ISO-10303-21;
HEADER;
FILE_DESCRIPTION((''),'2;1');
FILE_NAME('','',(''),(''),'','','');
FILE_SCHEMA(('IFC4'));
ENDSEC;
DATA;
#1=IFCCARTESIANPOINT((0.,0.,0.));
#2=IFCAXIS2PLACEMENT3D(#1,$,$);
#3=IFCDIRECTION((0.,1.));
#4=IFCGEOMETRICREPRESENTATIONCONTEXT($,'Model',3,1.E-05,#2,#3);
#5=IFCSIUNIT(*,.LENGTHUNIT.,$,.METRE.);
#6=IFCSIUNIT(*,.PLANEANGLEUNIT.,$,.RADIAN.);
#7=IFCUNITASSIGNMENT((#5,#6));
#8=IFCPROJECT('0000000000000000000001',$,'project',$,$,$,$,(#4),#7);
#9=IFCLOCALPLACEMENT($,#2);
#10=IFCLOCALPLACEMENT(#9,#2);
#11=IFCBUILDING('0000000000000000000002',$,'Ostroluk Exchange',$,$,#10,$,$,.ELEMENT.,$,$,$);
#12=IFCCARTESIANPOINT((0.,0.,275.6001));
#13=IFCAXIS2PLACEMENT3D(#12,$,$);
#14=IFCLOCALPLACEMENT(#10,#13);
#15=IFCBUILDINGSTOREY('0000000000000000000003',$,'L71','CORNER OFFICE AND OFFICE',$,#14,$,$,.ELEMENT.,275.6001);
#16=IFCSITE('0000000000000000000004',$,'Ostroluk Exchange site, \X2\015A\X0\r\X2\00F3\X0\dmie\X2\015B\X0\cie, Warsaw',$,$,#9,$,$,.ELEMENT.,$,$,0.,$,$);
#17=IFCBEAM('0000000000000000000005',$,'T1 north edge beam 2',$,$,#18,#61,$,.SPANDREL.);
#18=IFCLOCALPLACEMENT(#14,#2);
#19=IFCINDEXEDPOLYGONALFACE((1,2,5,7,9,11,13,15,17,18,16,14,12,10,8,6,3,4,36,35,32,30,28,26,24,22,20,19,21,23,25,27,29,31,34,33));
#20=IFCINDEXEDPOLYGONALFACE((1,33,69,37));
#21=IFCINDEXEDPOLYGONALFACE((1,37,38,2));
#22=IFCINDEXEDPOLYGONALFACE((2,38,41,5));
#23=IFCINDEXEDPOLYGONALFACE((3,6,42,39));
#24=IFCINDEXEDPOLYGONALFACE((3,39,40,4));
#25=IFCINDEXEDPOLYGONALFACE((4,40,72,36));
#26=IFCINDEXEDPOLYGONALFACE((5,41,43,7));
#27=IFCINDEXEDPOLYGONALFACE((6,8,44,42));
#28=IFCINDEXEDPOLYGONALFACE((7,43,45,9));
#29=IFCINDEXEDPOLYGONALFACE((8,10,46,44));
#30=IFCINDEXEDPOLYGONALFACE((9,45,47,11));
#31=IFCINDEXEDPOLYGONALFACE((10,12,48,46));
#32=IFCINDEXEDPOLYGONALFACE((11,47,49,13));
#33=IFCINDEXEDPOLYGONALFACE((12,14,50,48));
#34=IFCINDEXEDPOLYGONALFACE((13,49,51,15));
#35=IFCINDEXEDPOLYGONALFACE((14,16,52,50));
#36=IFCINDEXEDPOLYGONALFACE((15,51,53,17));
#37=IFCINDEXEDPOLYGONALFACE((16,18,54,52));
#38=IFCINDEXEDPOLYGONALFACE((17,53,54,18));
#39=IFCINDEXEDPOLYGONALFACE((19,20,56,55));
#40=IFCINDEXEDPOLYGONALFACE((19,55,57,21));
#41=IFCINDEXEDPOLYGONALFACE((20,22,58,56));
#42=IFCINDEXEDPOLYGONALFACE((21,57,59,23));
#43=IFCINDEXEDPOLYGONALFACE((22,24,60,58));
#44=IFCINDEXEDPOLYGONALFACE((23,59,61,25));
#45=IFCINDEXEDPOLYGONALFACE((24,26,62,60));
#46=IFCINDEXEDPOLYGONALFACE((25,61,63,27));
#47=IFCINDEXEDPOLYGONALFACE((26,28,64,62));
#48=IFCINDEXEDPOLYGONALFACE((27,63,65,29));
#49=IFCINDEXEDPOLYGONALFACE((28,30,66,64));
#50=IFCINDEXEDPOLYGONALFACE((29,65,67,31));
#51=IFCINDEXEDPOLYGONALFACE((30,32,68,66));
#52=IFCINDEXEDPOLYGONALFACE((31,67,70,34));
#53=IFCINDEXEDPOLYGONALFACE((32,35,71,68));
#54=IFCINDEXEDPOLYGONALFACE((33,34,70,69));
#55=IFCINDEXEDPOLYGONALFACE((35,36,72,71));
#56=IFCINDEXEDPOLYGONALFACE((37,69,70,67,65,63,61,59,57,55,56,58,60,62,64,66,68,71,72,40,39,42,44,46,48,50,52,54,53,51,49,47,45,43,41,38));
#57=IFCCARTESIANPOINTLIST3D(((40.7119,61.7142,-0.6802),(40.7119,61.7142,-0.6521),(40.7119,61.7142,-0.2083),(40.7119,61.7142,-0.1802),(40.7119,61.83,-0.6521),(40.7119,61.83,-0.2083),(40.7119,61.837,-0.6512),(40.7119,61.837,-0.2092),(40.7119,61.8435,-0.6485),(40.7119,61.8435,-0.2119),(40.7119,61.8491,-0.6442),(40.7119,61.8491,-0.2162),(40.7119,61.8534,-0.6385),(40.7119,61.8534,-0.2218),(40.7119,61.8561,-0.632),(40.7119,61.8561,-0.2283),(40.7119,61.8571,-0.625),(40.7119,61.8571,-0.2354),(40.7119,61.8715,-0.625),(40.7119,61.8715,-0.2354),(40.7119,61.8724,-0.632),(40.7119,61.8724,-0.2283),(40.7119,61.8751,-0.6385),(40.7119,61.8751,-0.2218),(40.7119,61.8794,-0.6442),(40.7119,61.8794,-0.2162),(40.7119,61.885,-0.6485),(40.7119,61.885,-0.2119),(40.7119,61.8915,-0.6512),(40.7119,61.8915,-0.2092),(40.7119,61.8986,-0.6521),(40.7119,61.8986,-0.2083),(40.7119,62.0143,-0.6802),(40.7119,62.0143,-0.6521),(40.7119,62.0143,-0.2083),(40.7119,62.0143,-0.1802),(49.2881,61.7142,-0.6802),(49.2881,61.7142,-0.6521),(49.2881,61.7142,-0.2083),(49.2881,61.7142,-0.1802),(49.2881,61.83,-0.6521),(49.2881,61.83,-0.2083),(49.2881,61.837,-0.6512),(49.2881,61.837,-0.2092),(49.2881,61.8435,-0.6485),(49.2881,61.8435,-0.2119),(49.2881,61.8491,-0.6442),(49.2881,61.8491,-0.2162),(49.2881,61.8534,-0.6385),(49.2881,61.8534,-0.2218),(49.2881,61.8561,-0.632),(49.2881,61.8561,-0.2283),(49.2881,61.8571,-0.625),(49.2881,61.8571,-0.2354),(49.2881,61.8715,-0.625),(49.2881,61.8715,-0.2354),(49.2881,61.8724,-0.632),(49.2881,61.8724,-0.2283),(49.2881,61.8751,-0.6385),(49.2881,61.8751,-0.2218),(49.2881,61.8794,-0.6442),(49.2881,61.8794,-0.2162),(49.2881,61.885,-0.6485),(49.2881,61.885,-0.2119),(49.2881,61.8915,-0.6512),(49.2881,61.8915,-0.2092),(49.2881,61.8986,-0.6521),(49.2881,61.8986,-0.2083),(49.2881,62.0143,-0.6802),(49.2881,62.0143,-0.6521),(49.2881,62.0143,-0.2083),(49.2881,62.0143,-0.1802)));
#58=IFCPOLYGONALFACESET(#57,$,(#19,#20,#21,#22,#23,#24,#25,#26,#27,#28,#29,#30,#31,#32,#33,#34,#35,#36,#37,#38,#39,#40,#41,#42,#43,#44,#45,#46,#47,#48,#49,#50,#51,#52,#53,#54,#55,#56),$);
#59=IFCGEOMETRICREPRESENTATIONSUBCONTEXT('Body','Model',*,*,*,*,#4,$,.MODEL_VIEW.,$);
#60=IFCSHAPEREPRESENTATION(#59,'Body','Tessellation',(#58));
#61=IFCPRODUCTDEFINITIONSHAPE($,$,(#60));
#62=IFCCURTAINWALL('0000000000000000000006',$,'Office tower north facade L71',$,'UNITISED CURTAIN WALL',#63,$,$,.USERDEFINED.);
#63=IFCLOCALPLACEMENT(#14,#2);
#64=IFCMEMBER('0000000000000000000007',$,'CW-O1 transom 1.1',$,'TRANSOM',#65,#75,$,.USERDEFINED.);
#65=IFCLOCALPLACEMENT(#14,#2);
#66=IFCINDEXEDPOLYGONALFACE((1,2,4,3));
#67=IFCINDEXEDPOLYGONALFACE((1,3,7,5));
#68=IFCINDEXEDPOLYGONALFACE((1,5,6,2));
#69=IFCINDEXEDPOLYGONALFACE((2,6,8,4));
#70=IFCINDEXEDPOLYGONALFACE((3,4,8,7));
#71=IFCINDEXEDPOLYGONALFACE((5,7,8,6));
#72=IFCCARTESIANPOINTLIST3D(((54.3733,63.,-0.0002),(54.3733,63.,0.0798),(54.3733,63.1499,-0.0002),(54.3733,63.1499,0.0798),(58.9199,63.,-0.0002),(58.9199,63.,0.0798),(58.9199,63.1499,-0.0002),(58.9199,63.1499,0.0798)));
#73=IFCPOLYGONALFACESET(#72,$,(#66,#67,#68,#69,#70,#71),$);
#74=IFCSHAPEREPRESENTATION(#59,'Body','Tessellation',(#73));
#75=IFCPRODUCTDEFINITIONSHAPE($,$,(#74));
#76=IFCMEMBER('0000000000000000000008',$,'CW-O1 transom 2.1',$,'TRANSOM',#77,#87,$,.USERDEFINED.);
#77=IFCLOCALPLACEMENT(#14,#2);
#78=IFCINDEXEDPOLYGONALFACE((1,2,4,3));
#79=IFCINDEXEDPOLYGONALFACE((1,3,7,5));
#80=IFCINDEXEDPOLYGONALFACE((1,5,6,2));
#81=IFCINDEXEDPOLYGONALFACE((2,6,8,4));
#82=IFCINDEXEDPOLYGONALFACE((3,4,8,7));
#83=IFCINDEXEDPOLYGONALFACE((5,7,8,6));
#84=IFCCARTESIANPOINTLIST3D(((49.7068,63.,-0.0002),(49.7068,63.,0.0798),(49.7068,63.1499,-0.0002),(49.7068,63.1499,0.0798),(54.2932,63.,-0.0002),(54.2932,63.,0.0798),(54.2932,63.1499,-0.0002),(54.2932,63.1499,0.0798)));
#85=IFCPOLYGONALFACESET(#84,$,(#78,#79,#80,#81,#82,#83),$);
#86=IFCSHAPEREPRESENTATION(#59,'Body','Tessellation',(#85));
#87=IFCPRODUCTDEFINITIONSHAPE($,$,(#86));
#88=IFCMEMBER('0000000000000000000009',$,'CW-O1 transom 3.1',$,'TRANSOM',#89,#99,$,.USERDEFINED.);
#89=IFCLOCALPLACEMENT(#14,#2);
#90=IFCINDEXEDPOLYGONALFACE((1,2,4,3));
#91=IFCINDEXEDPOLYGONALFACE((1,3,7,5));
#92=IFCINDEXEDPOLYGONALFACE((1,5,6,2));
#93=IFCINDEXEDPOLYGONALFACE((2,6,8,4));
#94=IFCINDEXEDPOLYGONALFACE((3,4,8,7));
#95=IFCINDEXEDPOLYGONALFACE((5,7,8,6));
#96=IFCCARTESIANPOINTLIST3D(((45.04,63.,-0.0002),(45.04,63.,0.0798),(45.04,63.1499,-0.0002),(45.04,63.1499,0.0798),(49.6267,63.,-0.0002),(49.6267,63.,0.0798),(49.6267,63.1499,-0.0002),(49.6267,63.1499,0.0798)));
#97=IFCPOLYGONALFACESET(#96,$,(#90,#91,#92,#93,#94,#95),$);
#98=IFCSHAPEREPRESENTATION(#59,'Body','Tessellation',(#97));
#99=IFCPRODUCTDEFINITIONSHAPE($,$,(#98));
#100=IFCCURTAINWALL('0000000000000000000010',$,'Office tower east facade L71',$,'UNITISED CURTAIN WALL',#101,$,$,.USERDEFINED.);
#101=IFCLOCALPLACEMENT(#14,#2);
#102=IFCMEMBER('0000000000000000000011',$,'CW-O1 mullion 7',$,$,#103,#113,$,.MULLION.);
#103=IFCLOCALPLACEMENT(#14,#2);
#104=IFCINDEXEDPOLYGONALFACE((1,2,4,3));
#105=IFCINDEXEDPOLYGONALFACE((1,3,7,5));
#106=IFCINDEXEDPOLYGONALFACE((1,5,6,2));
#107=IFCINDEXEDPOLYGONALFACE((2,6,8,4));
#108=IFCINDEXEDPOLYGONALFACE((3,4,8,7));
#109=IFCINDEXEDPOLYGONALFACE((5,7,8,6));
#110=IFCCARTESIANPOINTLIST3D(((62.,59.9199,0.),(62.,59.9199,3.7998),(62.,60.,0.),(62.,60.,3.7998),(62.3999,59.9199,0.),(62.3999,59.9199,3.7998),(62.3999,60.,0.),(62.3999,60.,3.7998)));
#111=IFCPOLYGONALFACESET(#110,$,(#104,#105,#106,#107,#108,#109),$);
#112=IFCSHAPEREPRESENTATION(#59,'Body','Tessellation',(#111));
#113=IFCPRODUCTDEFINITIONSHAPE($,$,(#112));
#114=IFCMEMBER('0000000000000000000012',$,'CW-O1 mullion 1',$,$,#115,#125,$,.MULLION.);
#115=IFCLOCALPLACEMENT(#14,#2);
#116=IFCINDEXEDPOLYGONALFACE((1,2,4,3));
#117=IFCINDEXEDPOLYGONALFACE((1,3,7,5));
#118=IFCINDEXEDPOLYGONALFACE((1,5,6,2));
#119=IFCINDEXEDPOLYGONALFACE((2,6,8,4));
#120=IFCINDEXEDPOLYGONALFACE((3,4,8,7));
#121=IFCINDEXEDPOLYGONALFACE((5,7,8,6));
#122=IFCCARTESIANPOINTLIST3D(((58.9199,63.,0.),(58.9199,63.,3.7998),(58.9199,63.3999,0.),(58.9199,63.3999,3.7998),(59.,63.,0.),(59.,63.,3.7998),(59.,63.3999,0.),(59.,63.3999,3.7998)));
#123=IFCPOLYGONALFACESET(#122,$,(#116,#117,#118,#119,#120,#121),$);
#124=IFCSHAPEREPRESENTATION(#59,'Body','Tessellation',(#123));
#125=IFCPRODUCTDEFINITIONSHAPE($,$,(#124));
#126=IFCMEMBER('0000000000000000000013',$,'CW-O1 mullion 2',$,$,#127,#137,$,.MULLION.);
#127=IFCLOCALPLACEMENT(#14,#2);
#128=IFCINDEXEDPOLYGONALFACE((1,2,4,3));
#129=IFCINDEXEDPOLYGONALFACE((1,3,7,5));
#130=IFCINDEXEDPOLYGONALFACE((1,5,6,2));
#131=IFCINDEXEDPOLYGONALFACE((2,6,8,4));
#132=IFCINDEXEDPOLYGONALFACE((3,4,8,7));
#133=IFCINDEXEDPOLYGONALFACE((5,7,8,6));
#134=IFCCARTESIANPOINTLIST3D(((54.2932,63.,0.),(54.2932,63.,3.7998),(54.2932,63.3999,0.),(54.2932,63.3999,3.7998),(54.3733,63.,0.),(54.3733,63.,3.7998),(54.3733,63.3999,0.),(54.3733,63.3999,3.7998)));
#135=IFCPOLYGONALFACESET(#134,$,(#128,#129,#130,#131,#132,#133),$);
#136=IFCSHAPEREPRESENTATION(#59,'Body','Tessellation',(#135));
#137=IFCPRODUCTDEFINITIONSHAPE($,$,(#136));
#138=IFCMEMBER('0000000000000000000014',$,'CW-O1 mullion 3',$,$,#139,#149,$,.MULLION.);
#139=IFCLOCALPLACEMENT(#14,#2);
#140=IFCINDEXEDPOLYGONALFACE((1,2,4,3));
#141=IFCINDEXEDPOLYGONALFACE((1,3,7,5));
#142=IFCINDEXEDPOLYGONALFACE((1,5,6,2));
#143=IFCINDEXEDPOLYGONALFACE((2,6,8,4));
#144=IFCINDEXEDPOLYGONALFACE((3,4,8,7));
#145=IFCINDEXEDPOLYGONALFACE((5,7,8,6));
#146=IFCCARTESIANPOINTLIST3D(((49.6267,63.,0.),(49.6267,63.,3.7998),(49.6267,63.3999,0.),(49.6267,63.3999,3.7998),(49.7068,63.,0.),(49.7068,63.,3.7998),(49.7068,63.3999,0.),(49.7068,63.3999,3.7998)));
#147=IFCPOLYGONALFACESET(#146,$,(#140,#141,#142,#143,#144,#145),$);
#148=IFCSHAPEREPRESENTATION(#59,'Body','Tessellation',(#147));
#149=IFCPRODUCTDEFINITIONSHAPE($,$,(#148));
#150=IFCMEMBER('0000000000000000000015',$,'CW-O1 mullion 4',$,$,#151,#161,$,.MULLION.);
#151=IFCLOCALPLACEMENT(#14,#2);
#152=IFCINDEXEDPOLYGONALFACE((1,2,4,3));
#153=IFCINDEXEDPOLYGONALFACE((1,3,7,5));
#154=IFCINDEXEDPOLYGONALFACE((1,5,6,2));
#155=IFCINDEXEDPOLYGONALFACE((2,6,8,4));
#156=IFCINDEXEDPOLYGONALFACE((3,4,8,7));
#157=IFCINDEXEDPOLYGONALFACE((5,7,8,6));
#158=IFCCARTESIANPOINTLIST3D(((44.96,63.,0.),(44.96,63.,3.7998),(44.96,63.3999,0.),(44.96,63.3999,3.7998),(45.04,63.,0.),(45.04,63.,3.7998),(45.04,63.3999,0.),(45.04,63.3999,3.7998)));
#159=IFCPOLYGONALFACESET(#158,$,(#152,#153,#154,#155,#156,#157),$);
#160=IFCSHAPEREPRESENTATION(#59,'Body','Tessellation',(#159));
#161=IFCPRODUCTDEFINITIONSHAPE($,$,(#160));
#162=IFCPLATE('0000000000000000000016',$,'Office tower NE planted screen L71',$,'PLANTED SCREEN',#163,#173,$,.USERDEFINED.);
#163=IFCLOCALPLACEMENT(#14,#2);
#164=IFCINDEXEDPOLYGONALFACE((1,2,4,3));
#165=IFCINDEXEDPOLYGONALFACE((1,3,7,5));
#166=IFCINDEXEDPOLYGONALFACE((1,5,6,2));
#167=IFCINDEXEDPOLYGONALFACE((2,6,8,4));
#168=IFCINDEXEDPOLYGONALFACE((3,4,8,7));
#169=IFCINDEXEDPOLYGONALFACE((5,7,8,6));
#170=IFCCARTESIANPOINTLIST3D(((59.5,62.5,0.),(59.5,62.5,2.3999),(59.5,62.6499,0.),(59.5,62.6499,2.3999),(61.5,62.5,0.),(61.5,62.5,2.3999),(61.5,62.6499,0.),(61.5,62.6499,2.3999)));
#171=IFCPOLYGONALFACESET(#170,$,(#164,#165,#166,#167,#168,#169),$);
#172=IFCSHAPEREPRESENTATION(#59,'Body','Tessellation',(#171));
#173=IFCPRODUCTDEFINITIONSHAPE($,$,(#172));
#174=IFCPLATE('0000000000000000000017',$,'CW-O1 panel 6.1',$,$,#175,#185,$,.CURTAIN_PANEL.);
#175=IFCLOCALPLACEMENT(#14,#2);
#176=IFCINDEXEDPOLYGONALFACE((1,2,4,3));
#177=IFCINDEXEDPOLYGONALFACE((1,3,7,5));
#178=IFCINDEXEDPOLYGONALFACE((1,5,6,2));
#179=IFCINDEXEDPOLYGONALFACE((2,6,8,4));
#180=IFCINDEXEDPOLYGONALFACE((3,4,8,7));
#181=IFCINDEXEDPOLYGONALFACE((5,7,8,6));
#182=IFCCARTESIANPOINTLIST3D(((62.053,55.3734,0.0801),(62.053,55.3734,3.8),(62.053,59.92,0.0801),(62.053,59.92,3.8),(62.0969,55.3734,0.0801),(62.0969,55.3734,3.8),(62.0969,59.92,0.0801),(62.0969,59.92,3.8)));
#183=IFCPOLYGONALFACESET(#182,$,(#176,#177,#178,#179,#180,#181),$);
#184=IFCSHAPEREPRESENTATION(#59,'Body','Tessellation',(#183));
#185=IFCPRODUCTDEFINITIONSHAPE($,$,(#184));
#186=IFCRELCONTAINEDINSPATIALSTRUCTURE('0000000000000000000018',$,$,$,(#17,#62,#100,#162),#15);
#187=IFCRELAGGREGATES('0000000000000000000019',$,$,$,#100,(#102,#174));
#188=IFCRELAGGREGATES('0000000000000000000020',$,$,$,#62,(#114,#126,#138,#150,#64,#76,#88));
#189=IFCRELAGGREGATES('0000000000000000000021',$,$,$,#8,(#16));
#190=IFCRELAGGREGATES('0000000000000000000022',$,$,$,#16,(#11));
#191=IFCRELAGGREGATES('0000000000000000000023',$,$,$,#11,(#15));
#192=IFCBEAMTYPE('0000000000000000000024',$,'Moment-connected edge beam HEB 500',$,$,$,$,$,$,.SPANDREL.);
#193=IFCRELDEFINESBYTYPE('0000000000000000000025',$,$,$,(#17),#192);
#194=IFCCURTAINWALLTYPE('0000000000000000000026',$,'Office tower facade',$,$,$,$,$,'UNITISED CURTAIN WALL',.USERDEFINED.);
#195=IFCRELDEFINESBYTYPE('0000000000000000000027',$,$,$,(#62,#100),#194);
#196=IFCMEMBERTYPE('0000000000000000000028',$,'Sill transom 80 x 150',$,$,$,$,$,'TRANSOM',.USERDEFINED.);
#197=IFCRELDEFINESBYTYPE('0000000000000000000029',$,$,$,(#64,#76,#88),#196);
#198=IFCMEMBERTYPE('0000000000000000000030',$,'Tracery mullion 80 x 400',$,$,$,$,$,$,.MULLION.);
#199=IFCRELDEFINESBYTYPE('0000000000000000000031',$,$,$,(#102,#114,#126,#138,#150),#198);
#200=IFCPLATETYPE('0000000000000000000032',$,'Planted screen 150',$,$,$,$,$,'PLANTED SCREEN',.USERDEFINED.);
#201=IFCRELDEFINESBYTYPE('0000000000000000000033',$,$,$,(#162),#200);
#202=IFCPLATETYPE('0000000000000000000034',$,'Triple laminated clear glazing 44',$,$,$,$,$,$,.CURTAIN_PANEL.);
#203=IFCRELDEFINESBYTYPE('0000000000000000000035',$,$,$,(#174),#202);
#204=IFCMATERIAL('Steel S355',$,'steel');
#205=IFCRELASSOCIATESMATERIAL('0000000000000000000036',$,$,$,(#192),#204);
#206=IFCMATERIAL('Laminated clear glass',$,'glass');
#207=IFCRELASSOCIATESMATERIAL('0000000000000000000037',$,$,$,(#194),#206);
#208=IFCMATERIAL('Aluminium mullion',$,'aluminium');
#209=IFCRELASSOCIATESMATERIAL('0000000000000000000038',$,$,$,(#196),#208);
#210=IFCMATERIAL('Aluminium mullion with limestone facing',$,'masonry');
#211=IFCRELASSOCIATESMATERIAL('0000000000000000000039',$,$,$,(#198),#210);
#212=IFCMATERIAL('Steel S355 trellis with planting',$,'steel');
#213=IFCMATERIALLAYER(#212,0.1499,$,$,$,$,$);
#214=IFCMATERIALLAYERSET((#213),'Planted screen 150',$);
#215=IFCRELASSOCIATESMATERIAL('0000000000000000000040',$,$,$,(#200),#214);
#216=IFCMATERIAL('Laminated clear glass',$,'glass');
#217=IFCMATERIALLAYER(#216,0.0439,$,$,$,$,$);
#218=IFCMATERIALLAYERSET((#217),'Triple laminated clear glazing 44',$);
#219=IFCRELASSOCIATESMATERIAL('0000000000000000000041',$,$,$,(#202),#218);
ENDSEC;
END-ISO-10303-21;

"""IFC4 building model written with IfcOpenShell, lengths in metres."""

from ifc_helpers import new_model, si_unit, direction, frame, origin, origin_2d, place, context, subcontext, project, spatial, rectangle, i_section, extrude, material, layer, layer_set, material_profile, profile_set, type_object, element, aggregate, save


model = new_model("IFC4")

# Units and contexts
model_context = context("Model", 3, precision=1e-05, world=origin(), true_north=direction((0.0, 1.0)))
body_context = subcontext(model_context, "Body", "Model", "MODEL_VIEW")
ifc_project = project(units=[si_unit("LENGTHUNIT", "METRE"), si_unit("PLANEANGLEUNIT", "RADIAN")], contexts=[model_context])

# Site, building, storey
site_placement = place(None, origin())
site = spatial("IfcSite", under=ifc_project, at=site_placement, Name="Ostroluk Exchange site, Śródmieście, Warsaw", CompositionType="ELEMENT", RefElevation=0.0)
building_placement = place(site_placement, origin())
building = spatial("IfcBuilding", under=site, at=building_placement, Name="Ostroluk Exchange", CompositionType="ELEMENT")
storey_placement = place(building_placement, frame((0.0, 0.0, 275.6001)))
storey = spatial("IfcBuildingStorey", under=building, at=storey_placement, Name="L71", Description="CORNER OFFICE AND OFFICE", CompositionType="ELEMENT", Elevation=275.6001)

# Beam
ifc_material_1 = material(Name="Steel S355", Category="steel")
ifc_material_profile_1 = material_profile(ifc_material_1, i_section(OverallWidth=0.3, OverallDepth=0.5, WebThickness=0.0144, FlangeThickness=0.0281, FilletRadius=0.0271, at=origin_2d()), Name="HEB 500")
ifc_profile_set_1 = profile_set([ifc_material_profile_1], Name="Steel S355")
beam_type_1 = type_object("IfcBeamType", Name="Moment-connected edge beam HEB 500", PredefinedType="SPANDREL", material=ifc_profile_set_1)
for number, where, z_axis, x_axis, name in (
    (1, (49.2881, 61.8643, -0.4302), (-1.0, 0.0, 0.0), (0.0, -1.0, 0.0), "T1 north edge beam 2"),
):
    element("IfcBeam", number, at=place(storey_placement, frame(where, z_axis=z_axis, x_axis=x_axis)), inside=storey, type_object=beam_type_1, Name=name, PredefinedType="SPANDREL", context=body_context, shape_type="SweptSolid", body=[
        extrude(i_section(OverallWidth=0.3, OverallDepth=0.5, WebThickness=0.0144, FlangeThickness=0.0281, FilletRadius=0.0271, at=origin_2d()), origin(), (0.0, 0.0, 1.0), 8.5762),
    ])

# Curtain wall, members
ifc_material_2 = material(Name="Laminated clear glass", Category="glass")
curtain_wall_type = type_object("IfcCurtainWallType", Name="Office tower facade", ElementType="UNITISED CURTAIN WALL", PredefinedType="USERDEFINED", material=ifc_material_2)
curtain_wall_1_placement = place(storey_placement, origin())
curtain_wall_1 = element("IfcCurtainWall", 2, at=curtain_wall_1_placement, inside=storey, type_object=curtain_wall_type, Name="Office tower north facade L71", ObjectType="UNITISED CURTAIN WALL", PredefinedType="USERDEFINED")
ifc_material_3 = material(Name="Aluminium mullion", Category="aluminium")
ifc_material_profile_2 = material_profile(ifc_material_3, rectangle(XDim=0.1499, YDim=0.0801, at=origin_2d()), Name="Sill transom 80 x 150")
ifc_profile_set_2 = profile_set([ifc_material_profile_2], Name="Aluminium mullion")
member_type_1 = type_object("IfcMemberType", Name="Sill transom 80 x 150", ElementType="TRANSOM", PredefinedType="USERDEFINED", material=ifc_profile_set_2)
member_1_placement = place(storey_placement, frame((58.9199, 63.075, 0.0398), z_axis=(-1.0, 0.0, 0.0), x_axis=(0.0, -1.0, 0.0)))
member_1 = element("IfcMember", 3, at=member_1_placement, type_object=member_type_1, Name="CW-O1 transom 1.1", ObjectType="TRANSOM", PredefinedType="USERDEFINED", context=body_context, shape_type="SweptSolid", body=[
    extrude(rectangle(XDim=0.1499, YDim=0.0801, at=origin_2d()), origin(), (0.0, 0.0, 1.0), 4.5466),
])
member_2_placement = place(storey_placement, frame((54.2932, 63.075, 0.0398), z_axis=(-1.0, 0.0, 0.0), x_axis=(0.0, -1.0, 0.0)))
member_2 = element("IfcMember", 4, at=member_2_placement, type_object=member_type_1, Name="CW-O1 transom 2.1", ObjectType="TRANSOM", PredefinedType="USERDEFINED", context=body_context, shape_type="SweptSolid", body=[
    extrude(rectangle(XDim=0.1499, YDim=0.0801, at=origin_2d()), origin(), (0.0, 0.0, 1.0), 4.5864),
])
member_3_placement = place(storey_placement, frame((49.6267, 63.075, 0.0398), z_axis=(-1.0, 0.0, 0.0), x_axis=(0.0, -1.0, 0.0)))
member_3 = element("IfcMember", 5, at=member_3_placement, type_object=member_type_1, Name="CW-O1 transom 3.1", ObjectType="TRANSOM", PredefinedType="USERDEFINED", context=body_context, shape_type="SweptSolid", body=[
    extrude(rectangle(XDim=0.1499, YDim=0.0801, at=origin_2d()), origin(), (0.0, 0.0, 1.0), 4.5867),
])

# Curtain wall, member
curtain_wall_2_placement = place(storey_placement, origin())
curtain_wall_2 = element("IfcCurtainWall", 6, at=curtain_wall_2_placement, inside=storey, type_object=curtain_wall_type, Name="Office tower east facade L71", ObjectType="UNITISED CURTAIN WALL", PredefinedType="USERDEFINED")
ifc_material_4 = material(Name="Aluminium mullion with limestone facing", Category="masonry")
ifc_material_profile_3 = material_profile(ifc_material_4, rectangle(XDim=0.3999, YDim=0.0801, at=origin_2d()), Name="Tracery mullion 80 x 400")
ifc_profile_set_3 = profile_set([ifc_material_profile_3], Name="Aluminium mullion with limestone facing")
member_type_2 = type_object("IfcMemberType", Name="Tracery mullion 80 x 400", PredefinedType="MULLION", material=ifc_profile_set_3)
member_4_placement = place(storey_placement, frame((62.2, 59.96, 0.0), z_axis=(0.0, 0.0, 1.0), x_axis=(-1.0, 0.0, 0.0)))
member_4 = element("IfcMember", 7, at=member_4_placement, type_object=member_type_2, Name="CW-O1 mullion 7", PredefinedType="MULLION", context=body_context, shape_type="SweptSolid", body=[
    extrude(rectangle(XDim=0.3999, YDim=0.0801, at=origin_2d()), origin(), (0.0, 0.0, 1.0), 3.7998),
])

# Members
member_5_placement = place(storey_placement, frame((58.96, 63.2, 0.0), z_axis=(0.0, 0.0, 1.0), x_axis=(0.0, -1.0, 0.0)))
member_5 = element("IfcMember", 8, at=member_5_placement, type_object=member_type_2, Name="CW-O1 mullion 1", PredefinedType="MULLION", context=body_context, shape_type="SweptSolid", body=[
    extrude(rectangle(XDim=0.3999, YDim=0.0801, at=origin_2d()), origin(), (0.0, 0.0, 1.0), 3.7998),
])
member_6_placement = place(storey_placement, frame((54.3333, 63.2, 0.0), z_axis=(0.0, 0.0, 1.0), x_axis=(0.0, -1.0, 0.0)))
member_6 = element("IfcMember", 9, at=member_6_placement, type_object=member_type_2, Name="CW-O1 mullion 2", PredefinedType="MULLION", context=body_context, shape_type="SweptSolid", body=[
    extrude(rectangle(XDim=0.3999, YDim=0.0801, at=origin_2d()), origin(), (0.0, 0.0, 1.0), 3.7998),
])
member_7_placement = place(storey_placement, frame((49.6667, 63.2, 0.0), z_axis=(0.0, 0.0, 1.0), x_axis=(0.0, -1.0, 0.0)))
member_7 = element("IfcMember", 10, at=member_7_placement, type_object=member_type_2, Name="CW-O1 mullion 3", PredefinedType="MULLION", context=body_context, shape_type="SweptSolid", body=[
    extrude(rectangle(XDim=0.3999, YDim=0.0801, at=origin_2d()), origin(), (0.0, 0.0, 1.0), 3.7998),
])
member_8_placement = place(storey_placement, frame((45.0, 63.2, 0.0), z_axis=(0.0, 0.0, 1.0), x_axis=(0.0, -1.0, 0.0)))
member_8 = element("IfcMember", 11, at=member_8_placement, type_object=member_type_2, Name="CW-O1 mullion 4", PredefinedType="MULLION", context=body_context, shape_type="SweptSolid", body=[
    extrude(rectangle(XDim=0.3999, YDim=0.0801, at=origin_2d()), origin(), (0.0, 0.0, 1.0), 3.7998),
])

# Plates
ifc_material_5 = material(Name="Steel S355 trellis with planting", Category="steel")
ifc_layer_1 = layer(ifc_material_5, 0.1499)
ifc_layer_set_1 = layer_set([ifc_layer_1], Name="Planted screen 150")
plate_type_1 = type_object("IfcPlateType", Name="Planted screen 150", ElementType="PLANTED SCREEN", PredefinedType="USERDEFINED", material=ifc_layer_set_1)
plate_1_placement = place(storey_placement, frame((60.5, 62.575, 0.0), z_axis=(0.0, 0.0, 1.0), x_axis=(1.0, 0.0, 0.0)))
element("IfcPlate", 12, at=plate_1_placement, inside=storey, type_object=plate_type_1, Name="Office tower NE planted screen L71", ObjectType="PLANTED SCREEN", PredefinedType="USERDEFINED", context=body_context, shape_type="SweptSolid", body=[
    extrude(rectangle(XDim=2.0, YDim=0.1499, at=origin_2d()), origin(), (0.0, 0.0, 1.0), 2.3999),
])
ifc_material_6 = material(Name="Laminated clear glass", Category="glass")
ifc_layer_2 = layer(ifc_material_6, 0.0439)
ifc_layer_set_2 = layer_set([ifc_layer_2], Name="Triple laminated clear glazing 44")
plate_type_2 = type_object("IfcPlateType", Name="Triple laminated clear glazing 44", PredefinedType="CURTAIN_PANEL", material=ifc_layer_set_2)
plate_2_placement = place(storey_placement, frame((62.075, 57.6467, 0.0801), z_axis=(0.0, 0.0, 1.0), x_axis=(0.0, 1.0, 0.0)))
plate_2 = element("IfcPlate", 13, at=plate_2_placement, type_object=plate_type_2, Name="CW-O1 panel 6.1", PredefinedType="CURTAIN_PANEL", context=body_context, shape_type="SweptSolid", body=[
    extrude(rectangle(XDim=4.5466, YDim=0.0439, at=origin_2d()), origin(), (0.0, 0.0, 1.0), 3.72),
])
aggregate(curtain_wall_2, [member_4, plate_2])
aggregate(curtain_wall_1, [member_5, member_6, member_7, member_8, member_1, member_2, member_3])

save(model, "model.ifc")
